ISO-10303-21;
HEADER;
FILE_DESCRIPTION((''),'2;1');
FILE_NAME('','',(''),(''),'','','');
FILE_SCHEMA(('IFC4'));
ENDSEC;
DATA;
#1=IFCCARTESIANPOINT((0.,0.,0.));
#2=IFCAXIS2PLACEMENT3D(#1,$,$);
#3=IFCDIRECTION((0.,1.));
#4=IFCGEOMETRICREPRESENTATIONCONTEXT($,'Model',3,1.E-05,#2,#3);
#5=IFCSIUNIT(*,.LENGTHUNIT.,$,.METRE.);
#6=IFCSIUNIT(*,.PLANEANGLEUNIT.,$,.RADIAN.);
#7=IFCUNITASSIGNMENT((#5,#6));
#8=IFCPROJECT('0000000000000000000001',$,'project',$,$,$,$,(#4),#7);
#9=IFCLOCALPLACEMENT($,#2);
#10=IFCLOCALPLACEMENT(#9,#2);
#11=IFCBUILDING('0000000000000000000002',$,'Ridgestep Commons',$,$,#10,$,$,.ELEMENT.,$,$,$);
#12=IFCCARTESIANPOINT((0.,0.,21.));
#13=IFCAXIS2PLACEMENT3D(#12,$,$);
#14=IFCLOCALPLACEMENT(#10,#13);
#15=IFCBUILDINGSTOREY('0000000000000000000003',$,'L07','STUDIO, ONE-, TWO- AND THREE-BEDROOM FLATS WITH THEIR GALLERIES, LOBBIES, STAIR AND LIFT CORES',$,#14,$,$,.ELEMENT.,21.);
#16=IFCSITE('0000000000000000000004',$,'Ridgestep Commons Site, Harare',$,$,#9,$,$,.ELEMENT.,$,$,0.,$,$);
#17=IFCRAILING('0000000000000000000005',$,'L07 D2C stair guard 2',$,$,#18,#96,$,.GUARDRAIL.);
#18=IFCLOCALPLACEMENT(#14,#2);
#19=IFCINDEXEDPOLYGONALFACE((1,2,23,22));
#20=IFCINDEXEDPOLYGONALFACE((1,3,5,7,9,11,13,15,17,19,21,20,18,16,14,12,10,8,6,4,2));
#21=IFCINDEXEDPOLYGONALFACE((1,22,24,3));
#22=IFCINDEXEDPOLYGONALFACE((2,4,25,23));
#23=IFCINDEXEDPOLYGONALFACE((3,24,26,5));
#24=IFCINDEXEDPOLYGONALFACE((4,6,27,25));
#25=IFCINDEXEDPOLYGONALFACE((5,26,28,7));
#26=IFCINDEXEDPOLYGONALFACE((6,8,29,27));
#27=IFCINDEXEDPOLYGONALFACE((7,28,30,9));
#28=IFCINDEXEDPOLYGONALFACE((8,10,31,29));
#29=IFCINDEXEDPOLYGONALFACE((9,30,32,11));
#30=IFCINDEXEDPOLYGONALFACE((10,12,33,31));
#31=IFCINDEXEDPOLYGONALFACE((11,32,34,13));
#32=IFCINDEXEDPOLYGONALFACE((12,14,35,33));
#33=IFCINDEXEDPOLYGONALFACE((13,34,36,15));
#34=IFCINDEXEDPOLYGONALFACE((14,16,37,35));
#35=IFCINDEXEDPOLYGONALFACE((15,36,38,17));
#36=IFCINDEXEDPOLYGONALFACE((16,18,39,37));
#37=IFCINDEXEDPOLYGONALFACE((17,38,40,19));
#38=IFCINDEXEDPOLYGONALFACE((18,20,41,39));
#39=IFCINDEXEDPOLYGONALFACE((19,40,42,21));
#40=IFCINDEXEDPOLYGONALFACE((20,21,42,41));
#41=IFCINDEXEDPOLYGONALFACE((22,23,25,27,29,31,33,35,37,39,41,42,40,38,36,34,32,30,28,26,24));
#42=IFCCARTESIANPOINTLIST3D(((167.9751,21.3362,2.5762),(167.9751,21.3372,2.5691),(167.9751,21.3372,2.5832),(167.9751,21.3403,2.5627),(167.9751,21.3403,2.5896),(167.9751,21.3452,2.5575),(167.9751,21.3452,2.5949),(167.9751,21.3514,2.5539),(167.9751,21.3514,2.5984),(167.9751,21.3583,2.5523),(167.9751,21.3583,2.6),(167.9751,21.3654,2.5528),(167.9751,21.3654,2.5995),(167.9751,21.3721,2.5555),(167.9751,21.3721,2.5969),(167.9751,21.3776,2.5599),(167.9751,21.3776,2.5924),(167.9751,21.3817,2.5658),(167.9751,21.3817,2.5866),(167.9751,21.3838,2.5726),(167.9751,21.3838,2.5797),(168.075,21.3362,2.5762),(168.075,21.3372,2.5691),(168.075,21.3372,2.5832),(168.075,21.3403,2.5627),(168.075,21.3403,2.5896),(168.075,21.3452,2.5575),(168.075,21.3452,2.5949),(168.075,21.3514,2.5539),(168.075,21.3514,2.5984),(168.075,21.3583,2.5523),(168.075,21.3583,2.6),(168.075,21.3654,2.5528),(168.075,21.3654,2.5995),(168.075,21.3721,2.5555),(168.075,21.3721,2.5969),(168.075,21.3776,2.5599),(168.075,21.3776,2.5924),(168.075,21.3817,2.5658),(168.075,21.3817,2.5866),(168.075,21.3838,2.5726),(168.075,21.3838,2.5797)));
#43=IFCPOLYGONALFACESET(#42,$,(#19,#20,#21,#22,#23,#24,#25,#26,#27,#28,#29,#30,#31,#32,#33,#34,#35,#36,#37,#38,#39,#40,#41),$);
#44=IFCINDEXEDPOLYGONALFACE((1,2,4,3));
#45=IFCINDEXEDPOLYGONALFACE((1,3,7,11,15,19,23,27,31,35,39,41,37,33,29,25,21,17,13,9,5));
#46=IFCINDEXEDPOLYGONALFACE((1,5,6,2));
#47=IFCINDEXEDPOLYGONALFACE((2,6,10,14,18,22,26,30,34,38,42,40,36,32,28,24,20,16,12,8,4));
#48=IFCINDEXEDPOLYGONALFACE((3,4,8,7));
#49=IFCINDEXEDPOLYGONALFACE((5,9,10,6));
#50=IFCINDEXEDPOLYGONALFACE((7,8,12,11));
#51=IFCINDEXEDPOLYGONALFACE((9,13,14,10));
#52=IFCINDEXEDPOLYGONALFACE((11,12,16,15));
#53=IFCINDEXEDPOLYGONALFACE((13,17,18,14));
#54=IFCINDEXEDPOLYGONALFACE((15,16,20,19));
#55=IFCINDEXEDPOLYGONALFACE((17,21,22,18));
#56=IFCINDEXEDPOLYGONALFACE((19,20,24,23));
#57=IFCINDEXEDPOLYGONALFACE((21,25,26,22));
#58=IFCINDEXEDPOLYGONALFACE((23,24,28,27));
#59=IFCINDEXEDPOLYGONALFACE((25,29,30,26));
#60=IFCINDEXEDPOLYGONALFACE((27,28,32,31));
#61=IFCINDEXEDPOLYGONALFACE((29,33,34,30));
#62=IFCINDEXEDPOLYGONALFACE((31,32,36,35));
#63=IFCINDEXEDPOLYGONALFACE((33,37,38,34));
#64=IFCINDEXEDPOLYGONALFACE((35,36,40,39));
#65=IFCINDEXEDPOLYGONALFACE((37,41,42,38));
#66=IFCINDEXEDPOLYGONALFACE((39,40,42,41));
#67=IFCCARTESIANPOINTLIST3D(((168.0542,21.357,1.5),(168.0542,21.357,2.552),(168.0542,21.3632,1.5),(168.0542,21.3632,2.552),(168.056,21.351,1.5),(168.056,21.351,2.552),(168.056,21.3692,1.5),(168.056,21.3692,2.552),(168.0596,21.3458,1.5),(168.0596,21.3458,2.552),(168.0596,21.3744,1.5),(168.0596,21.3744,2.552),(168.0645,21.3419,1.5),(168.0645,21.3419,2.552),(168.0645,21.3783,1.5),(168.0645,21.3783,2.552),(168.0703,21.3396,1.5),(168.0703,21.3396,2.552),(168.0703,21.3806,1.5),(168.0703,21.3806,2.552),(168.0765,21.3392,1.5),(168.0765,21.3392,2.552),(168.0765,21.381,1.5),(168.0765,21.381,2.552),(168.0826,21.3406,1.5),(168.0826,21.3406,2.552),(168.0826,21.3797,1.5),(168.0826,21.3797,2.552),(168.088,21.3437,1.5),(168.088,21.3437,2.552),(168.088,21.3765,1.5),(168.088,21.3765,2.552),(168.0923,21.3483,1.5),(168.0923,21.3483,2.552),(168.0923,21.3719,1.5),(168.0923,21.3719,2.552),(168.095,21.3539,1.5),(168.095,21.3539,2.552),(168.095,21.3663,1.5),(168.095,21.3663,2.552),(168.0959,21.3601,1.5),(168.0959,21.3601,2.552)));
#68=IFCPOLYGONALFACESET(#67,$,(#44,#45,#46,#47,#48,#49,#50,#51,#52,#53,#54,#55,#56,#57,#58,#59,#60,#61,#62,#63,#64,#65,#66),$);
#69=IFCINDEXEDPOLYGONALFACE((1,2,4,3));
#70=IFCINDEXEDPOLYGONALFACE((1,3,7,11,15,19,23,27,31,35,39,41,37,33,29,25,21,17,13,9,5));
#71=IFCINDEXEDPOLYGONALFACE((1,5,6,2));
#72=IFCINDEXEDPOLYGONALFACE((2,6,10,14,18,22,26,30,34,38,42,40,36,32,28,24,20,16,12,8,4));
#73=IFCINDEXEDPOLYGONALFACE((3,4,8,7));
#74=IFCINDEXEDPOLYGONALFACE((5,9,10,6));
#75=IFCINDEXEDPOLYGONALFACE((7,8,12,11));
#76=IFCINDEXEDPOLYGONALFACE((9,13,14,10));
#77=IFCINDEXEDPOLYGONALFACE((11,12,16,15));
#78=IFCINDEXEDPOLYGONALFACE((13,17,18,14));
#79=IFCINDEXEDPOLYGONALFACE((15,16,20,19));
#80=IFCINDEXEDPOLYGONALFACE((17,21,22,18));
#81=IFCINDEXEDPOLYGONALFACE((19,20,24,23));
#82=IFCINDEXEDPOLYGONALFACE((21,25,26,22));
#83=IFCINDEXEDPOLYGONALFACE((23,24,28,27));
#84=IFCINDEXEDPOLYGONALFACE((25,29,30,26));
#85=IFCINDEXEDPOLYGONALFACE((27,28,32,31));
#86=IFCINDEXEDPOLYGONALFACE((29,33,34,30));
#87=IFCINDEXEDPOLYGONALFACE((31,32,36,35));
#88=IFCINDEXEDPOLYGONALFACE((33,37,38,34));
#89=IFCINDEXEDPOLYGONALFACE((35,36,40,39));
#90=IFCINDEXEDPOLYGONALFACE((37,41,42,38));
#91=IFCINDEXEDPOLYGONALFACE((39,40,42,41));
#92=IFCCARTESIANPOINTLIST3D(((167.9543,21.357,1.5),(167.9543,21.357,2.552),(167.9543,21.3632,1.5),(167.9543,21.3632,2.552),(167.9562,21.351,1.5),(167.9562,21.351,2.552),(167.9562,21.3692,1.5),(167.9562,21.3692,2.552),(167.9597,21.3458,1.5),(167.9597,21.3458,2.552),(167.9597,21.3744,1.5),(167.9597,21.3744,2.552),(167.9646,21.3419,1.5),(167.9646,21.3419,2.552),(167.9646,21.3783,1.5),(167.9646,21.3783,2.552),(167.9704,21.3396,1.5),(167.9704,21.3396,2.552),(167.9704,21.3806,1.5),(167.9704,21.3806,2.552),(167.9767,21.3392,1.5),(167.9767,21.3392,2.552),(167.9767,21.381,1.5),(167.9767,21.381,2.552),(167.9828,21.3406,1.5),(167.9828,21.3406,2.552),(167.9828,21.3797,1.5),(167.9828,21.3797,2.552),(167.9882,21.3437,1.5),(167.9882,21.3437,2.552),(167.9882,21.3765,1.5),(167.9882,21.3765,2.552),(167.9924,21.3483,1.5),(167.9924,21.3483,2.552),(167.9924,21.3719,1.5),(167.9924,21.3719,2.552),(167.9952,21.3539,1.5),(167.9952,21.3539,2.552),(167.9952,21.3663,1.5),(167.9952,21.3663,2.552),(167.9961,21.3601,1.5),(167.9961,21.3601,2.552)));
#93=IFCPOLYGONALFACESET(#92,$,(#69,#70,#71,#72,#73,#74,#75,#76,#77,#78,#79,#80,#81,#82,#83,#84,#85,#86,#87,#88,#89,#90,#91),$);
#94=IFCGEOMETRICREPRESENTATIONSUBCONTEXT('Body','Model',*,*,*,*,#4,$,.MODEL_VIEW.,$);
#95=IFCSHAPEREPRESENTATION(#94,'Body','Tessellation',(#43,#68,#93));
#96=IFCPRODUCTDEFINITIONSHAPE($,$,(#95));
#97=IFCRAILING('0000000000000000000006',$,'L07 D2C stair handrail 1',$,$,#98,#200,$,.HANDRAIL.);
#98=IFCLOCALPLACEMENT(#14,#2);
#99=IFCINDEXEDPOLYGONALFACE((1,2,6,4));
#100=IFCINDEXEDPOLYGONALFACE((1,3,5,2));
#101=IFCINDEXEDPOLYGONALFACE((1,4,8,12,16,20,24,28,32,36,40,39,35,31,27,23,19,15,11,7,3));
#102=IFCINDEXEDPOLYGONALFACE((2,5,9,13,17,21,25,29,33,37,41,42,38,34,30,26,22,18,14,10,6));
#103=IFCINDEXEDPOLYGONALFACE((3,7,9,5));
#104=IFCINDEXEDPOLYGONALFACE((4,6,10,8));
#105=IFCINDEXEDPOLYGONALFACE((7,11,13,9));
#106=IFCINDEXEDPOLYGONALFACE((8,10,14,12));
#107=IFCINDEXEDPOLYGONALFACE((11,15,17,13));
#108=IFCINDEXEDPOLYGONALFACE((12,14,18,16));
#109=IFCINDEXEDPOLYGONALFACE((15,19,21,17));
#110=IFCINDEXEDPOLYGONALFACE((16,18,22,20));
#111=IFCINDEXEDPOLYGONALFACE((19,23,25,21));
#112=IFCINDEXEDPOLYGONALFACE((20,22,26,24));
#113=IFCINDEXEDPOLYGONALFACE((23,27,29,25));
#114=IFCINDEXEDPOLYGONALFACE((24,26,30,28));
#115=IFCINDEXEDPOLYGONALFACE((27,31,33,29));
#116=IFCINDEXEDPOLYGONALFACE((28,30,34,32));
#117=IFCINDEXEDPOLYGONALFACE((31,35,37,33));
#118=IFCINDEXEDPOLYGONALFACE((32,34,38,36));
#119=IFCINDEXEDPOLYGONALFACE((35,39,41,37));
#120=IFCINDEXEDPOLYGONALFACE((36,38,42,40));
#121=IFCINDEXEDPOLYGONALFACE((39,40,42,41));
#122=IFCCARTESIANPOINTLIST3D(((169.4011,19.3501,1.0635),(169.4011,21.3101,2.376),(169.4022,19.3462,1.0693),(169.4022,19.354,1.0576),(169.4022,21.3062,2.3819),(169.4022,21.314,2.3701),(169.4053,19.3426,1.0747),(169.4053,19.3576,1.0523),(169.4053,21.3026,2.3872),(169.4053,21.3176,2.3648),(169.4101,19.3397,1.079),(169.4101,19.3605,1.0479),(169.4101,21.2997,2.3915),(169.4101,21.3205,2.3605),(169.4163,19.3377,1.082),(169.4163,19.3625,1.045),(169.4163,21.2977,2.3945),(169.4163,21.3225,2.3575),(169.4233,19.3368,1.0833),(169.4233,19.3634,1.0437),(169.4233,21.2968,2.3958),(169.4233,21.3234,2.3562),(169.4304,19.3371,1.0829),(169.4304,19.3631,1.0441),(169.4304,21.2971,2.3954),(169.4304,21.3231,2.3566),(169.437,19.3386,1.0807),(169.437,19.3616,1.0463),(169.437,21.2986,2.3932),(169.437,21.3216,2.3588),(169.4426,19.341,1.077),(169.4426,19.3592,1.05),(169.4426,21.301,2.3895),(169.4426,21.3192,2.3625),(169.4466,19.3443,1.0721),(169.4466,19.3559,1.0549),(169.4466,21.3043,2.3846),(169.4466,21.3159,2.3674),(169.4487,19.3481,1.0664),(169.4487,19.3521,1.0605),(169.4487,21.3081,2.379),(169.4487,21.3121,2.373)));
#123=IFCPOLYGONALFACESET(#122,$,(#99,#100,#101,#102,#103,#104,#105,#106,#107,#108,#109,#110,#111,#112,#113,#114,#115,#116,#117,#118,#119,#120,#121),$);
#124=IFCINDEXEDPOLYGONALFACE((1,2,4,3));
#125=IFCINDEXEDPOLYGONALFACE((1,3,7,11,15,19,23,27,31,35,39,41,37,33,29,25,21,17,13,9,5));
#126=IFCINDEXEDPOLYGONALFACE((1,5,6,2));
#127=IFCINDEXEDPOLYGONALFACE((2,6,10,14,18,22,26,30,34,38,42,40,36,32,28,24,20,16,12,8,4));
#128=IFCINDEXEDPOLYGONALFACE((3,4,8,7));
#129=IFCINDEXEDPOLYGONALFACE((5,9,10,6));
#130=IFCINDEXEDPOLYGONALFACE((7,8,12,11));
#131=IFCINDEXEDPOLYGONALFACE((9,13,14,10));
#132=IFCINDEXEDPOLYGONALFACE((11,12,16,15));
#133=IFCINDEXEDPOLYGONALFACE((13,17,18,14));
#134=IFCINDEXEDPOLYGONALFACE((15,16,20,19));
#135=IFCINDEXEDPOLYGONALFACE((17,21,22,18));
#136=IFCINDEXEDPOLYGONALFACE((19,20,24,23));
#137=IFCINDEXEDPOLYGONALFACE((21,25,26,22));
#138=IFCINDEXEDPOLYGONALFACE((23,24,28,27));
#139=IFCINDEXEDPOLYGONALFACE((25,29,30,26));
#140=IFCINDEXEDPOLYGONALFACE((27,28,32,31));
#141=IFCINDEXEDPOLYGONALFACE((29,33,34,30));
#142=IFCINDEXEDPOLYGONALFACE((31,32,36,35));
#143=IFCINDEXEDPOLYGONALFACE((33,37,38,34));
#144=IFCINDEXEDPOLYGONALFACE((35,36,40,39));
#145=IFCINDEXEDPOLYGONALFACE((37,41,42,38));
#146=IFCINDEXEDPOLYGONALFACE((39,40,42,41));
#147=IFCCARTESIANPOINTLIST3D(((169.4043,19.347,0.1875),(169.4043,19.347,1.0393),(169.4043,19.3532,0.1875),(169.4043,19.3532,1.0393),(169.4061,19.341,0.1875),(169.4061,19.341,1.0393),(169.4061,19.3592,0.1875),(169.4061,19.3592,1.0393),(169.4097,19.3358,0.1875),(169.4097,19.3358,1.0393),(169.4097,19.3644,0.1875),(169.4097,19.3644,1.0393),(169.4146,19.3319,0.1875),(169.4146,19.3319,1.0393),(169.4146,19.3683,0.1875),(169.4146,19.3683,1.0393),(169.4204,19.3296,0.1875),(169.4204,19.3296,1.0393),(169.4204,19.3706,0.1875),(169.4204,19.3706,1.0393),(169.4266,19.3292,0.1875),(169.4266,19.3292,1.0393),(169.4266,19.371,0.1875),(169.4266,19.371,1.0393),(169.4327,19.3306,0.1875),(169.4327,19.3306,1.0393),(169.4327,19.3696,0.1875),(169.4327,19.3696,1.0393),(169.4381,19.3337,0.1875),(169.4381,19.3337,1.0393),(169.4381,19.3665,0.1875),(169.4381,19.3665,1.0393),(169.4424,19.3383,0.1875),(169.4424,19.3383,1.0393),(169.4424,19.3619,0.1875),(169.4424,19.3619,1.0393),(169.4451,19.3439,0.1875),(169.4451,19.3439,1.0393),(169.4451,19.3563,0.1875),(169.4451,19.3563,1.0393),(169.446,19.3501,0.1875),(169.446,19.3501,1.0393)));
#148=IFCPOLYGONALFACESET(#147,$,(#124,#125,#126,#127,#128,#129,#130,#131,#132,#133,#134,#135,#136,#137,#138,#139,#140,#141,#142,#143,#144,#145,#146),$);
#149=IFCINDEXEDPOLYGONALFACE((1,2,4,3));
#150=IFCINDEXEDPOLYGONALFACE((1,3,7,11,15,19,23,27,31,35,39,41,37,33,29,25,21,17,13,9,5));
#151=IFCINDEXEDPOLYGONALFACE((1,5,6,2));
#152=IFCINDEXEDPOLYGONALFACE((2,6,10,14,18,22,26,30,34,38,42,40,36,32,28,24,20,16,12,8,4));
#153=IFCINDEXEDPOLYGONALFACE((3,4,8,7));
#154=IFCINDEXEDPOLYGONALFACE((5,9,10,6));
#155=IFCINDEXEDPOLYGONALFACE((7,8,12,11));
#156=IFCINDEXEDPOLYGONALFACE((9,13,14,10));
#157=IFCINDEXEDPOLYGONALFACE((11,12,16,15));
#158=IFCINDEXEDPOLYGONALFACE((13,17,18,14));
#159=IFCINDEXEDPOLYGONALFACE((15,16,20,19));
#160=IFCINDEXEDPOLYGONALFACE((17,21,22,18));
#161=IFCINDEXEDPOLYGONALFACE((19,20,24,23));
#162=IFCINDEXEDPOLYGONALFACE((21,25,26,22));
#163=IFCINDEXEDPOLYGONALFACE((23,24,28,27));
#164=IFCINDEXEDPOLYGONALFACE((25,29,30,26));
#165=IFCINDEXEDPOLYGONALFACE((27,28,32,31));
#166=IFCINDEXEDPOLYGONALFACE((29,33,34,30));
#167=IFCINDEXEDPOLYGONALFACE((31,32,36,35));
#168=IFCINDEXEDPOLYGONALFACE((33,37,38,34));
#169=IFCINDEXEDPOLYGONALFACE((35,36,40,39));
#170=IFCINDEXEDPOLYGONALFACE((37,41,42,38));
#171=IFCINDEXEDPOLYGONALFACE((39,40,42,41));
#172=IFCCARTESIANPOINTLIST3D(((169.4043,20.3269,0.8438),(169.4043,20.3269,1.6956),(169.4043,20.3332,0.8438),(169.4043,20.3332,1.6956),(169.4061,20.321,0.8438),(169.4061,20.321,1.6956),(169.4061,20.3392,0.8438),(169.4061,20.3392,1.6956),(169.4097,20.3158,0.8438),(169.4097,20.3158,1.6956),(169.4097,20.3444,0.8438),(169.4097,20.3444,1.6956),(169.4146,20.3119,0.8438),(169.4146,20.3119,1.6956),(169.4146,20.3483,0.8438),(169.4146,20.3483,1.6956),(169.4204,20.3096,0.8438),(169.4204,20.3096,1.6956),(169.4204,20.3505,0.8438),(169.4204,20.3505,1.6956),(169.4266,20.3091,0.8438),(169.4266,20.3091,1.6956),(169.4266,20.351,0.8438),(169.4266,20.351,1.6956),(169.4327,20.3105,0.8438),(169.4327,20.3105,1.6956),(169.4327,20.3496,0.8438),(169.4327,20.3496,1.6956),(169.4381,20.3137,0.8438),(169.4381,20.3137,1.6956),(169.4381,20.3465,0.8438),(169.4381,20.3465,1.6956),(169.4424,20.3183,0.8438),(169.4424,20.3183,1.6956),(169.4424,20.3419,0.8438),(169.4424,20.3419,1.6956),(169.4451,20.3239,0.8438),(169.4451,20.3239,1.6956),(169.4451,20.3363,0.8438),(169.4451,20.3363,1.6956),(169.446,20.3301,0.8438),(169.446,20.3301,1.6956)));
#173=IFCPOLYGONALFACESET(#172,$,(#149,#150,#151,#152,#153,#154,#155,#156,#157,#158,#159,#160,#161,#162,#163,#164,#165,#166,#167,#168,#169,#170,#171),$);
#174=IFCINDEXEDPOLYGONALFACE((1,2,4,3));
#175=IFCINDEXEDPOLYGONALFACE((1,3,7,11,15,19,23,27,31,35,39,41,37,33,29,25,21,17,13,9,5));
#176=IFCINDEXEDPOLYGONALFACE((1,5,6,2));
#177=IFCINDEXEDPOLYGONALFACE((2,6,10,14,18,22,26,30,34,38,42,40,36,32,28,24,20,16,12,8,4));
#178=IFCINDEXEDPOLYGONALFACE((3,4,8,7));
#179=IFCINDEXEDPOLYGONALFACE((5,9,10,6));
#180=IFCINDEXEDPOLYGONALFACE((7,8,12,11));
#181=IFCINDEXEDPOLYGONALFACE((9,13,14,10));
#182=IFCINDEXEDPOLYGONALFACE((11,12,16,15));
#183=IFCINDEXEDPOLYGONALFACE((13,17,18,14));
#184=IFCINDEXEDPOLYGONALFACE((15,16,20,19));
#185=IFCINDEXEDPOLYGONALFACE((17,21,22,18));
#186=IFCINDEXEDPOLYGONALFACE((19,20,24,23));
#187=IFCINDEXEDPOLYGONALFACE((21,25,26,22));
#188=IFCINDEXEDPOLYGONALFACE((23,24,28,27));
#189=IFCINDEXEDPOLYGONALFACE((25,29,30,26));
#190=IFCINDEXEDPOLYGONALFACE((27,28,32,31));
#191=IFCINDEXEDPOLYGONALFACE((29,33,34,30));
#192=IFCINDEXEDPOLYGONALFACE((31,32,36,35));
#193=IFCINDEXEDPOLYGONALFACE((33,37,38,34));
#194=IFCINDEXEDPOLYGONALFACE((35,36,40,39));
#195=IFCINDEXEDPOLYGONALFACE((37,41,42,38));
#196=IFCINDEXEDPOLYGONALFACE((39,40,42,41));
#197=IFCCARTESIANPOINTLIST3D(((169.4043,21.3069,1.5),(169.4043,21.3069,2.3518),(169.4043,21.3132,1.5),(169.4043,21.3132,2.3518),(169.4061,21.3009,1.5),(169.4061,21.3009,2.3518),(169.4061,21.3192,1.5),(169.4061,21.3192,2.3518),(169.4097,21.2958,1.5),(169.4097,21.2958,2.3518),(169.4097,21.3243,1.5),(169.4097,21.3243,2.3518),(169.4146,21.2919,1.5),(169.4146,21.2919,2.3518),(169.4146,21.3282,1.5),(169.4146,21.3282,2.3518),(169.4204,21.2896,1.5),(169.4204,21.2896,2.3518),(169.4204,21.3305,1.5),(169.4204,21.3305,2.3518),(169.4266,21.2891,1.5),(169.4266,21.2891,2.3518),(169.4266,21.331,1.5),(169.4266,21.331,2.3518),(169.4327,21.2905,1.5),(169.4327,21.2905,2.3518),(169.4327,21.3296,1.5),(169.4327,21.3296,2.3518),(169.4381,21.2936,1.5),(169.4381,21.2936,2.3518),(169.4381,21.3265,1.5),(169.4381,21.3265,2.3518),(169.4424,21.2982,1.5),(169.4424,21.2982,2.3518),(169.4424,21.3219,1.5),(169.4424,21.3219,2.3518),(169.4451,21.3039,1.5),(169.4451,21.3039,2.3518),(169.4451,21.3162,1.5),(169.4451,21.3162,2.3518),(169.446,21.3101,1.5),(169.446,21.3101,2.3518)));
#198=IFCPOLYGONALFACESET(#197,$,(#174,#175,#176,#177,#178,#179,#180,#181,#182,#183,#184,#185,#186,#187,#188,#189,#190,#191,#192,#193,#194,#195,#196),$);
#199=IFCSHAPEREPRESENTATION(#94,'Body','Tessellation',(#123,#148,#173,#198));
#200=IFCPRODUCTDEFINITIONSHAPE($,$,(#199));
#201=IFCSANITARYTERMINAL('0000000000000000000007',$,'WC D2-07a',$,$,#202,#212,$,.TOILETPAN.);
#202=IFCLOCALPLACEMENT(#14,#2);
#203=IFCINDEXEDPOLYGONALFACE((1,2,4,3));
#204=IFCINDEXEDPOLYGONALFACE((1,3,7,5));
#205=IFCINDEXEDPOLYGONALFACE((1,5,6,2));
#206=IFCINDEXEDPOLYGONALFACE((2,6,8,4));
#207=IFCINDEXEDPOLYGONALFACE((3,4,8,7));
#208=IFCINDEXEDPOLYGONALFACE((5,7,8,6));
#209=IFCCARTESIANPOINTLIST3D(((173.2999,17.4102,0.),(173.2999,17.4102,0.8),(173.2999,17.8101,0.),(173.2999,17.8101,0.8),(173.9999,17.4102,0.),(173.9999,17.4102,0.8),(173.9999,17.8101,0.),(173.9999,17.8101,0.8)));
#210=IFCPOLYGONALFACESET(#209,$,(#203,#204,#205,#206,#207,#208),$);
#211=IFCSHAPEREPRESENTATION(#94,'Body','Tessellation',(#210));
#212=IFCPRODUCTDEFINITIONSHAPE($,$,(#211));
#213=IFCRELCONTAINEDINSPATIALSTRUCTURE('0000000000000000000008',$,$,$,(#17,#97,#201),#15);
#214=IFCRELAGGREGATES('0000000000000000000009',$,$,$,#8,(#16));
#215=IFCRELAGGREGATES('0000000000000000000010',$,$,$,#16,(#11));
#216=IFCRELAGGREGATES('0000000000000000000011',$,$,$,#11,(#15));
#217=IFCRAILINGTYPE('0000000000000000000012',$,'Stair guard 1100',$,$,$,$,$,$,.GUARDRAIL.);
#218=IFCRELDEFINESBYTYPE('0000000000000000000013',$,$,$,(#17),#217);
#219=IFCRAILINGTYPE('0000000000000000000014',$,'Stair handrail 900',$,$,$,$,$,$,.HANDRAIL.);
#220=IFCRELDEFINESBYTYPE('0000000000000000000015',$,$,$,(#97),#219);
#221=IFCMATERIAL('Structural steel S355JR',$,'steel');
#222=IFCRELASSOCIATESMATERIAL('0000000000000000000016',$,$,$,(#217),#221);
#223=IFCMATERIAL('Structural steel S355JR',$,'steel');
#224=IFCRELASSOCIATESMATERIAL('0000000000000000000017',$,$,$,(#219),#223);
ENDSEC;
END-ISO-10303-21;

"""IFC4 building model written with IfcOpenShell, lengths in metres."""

from ifc_helpers import new_model, si_unit, direction, frame, origin, origin_2d, place, context, subcontext, project, spatial, rectangle, circle, extrude, material, type_object, element, save


model = new_model("IFC4")

# Units and contexts
model_context = context("Model", 3, precision=1e-05, world=origin(), true_north=direction((0.0, 1.0)))
body_context = subcontext(model_context, "Body", "Model", "MODEL_VIEW")
ifc_project = project(units=[si_unit("LENGTHUNIT", "METRE"), si_unit("PLANEANGLEUNIT", "RADIAN")], contexts=[model_context])

# Site, building, storey
site_placement = place(None, origin())
site = spatial("IfcSite", under=ifc_project, at=site_placement, Name="Ridgestep Commons Site, Harare", CompositionType="ELEMENT", RefElevation=0.0)
building_placement = place(site_placement, origin())
building = spatial("IfcBuilding", under=site, at=building_placement, Name="Ridgestep Commons", CompositionType="ELEMENT")
storey_placement = place(building_placement, frame((0.0, 0.0, 21.0)))
storey = spatial("IfcBuildingStorey", under=building, at=storey_placement, Name="L07", Description="STUDIO, ONE-, TWO- AND THREE-BEDROOM FLATS WITH THEIR GALLERIES, LOBBIES, STAIR AND LIFT CORES", CompositionType="ELEMENT", Elevation=21.0)

# Railings
ifc_material_1 = material(Name="Structural steel S355JR", Category="steel")
railing_type_1 = type_object("IfcRailingType", Name="Stair guard 1100", PredefinedType="GUARDRAIL", material=ifc_material_1)
railing_1_placement = place(storey_placement, frame((168.075, 21.3601, 1.5)))
element("IfcRailing", 1, at=railing_1_placement, inside=storey, type_object=railing_type_1, Name="L07 D2C stair guard 2", PredefinedType="GUARDRAIL", context=body_context, shape_type="SweptSolid", body=[
    extrude(circle(Radius=0.0239, at=origin_2d()), frame((0.0, 0.0, 1.0762), z_axis=(-1.0, 0.0, 0.0), x_axis=(0.0, -1.0, 0.0)), (0.0, 0.0, 1.0), 0.0999),
    extrude(circle(Radius=0.021, at=origin_2d()), origin(), (0.0, 0.0, 1.0), 1.052),
    extrude(circle(Radius=0.021, at=origin_2d()), frame((-0.0999, 0.0, 0.0)), (0.0, 0.0, 1.0), 1.052),
])
ifc_material_2 = material(Name="Structural steel S355JR", Category="steel")
railing_type_2 = type_object("IfcRailingType", Name="Stair handrail 900", PredefinedType="HANDRAIL", material=ifc_material_2)
railing_2_placement = place(storey_placement, frame((169.425, 19.3501, 0.1875)))
element("IfcRailing", 2, at=railing_2_placement, inside=storey, type_object=railing_type_2, Name="L07 D2C stair handrail 1", PredefinedType="HANDRAIL", context=body_context, shape_type="SweptSolid", body=[
    extrude(circle(Radius=0.0239, at=origin_2d()), frame((0.0, 0.0, 0.876), z_axis=(0.0, 0.830902, 0.556419), x_axis=(-1.0, 0.0, 0.0)), (0.0, 0.0, 1.0), 2.3589),
    extrude(circle(Radius=0.021, at=origin_2d()), origin(), (0.0, 0.0, 1.0), 0.8518),
    extrude(circle(Radius=0.021, at=origin_2d()), frame((0.0, 0.98, 0.6562)), (0.0, 0.0, 1.0), 0.8518),
    extrude(circle(Radius=0.021, at=origin_2d()), frame((0.0, 1.96, 1.3125)), (0.0, 0.0, 1.0), 0.8518),
])

# Sanitary terminal
sanitary_terminal_1_placement = place(storey_placement, frame((173.6499, 17.6101, 0.0), z_axis=(0.0, 0.0, 1.0), x_axis=(1.0, 0.0, 0.0)))
element("IfcSanitaryTerminal", 3, at=sanitary_terminal_1_placement, inside=storey, Name="WC D2-07a", PredefinedType="TOILETPAN", context=body_context, shape_type="SweptSolid", body=[
    extrude(rectangle(XDim=0.7, YDim=0.3999, at=origin_2d()), origin(), (0.0, 0.0, 1.0), 0.8),
])

save(model, "model.ifc")
